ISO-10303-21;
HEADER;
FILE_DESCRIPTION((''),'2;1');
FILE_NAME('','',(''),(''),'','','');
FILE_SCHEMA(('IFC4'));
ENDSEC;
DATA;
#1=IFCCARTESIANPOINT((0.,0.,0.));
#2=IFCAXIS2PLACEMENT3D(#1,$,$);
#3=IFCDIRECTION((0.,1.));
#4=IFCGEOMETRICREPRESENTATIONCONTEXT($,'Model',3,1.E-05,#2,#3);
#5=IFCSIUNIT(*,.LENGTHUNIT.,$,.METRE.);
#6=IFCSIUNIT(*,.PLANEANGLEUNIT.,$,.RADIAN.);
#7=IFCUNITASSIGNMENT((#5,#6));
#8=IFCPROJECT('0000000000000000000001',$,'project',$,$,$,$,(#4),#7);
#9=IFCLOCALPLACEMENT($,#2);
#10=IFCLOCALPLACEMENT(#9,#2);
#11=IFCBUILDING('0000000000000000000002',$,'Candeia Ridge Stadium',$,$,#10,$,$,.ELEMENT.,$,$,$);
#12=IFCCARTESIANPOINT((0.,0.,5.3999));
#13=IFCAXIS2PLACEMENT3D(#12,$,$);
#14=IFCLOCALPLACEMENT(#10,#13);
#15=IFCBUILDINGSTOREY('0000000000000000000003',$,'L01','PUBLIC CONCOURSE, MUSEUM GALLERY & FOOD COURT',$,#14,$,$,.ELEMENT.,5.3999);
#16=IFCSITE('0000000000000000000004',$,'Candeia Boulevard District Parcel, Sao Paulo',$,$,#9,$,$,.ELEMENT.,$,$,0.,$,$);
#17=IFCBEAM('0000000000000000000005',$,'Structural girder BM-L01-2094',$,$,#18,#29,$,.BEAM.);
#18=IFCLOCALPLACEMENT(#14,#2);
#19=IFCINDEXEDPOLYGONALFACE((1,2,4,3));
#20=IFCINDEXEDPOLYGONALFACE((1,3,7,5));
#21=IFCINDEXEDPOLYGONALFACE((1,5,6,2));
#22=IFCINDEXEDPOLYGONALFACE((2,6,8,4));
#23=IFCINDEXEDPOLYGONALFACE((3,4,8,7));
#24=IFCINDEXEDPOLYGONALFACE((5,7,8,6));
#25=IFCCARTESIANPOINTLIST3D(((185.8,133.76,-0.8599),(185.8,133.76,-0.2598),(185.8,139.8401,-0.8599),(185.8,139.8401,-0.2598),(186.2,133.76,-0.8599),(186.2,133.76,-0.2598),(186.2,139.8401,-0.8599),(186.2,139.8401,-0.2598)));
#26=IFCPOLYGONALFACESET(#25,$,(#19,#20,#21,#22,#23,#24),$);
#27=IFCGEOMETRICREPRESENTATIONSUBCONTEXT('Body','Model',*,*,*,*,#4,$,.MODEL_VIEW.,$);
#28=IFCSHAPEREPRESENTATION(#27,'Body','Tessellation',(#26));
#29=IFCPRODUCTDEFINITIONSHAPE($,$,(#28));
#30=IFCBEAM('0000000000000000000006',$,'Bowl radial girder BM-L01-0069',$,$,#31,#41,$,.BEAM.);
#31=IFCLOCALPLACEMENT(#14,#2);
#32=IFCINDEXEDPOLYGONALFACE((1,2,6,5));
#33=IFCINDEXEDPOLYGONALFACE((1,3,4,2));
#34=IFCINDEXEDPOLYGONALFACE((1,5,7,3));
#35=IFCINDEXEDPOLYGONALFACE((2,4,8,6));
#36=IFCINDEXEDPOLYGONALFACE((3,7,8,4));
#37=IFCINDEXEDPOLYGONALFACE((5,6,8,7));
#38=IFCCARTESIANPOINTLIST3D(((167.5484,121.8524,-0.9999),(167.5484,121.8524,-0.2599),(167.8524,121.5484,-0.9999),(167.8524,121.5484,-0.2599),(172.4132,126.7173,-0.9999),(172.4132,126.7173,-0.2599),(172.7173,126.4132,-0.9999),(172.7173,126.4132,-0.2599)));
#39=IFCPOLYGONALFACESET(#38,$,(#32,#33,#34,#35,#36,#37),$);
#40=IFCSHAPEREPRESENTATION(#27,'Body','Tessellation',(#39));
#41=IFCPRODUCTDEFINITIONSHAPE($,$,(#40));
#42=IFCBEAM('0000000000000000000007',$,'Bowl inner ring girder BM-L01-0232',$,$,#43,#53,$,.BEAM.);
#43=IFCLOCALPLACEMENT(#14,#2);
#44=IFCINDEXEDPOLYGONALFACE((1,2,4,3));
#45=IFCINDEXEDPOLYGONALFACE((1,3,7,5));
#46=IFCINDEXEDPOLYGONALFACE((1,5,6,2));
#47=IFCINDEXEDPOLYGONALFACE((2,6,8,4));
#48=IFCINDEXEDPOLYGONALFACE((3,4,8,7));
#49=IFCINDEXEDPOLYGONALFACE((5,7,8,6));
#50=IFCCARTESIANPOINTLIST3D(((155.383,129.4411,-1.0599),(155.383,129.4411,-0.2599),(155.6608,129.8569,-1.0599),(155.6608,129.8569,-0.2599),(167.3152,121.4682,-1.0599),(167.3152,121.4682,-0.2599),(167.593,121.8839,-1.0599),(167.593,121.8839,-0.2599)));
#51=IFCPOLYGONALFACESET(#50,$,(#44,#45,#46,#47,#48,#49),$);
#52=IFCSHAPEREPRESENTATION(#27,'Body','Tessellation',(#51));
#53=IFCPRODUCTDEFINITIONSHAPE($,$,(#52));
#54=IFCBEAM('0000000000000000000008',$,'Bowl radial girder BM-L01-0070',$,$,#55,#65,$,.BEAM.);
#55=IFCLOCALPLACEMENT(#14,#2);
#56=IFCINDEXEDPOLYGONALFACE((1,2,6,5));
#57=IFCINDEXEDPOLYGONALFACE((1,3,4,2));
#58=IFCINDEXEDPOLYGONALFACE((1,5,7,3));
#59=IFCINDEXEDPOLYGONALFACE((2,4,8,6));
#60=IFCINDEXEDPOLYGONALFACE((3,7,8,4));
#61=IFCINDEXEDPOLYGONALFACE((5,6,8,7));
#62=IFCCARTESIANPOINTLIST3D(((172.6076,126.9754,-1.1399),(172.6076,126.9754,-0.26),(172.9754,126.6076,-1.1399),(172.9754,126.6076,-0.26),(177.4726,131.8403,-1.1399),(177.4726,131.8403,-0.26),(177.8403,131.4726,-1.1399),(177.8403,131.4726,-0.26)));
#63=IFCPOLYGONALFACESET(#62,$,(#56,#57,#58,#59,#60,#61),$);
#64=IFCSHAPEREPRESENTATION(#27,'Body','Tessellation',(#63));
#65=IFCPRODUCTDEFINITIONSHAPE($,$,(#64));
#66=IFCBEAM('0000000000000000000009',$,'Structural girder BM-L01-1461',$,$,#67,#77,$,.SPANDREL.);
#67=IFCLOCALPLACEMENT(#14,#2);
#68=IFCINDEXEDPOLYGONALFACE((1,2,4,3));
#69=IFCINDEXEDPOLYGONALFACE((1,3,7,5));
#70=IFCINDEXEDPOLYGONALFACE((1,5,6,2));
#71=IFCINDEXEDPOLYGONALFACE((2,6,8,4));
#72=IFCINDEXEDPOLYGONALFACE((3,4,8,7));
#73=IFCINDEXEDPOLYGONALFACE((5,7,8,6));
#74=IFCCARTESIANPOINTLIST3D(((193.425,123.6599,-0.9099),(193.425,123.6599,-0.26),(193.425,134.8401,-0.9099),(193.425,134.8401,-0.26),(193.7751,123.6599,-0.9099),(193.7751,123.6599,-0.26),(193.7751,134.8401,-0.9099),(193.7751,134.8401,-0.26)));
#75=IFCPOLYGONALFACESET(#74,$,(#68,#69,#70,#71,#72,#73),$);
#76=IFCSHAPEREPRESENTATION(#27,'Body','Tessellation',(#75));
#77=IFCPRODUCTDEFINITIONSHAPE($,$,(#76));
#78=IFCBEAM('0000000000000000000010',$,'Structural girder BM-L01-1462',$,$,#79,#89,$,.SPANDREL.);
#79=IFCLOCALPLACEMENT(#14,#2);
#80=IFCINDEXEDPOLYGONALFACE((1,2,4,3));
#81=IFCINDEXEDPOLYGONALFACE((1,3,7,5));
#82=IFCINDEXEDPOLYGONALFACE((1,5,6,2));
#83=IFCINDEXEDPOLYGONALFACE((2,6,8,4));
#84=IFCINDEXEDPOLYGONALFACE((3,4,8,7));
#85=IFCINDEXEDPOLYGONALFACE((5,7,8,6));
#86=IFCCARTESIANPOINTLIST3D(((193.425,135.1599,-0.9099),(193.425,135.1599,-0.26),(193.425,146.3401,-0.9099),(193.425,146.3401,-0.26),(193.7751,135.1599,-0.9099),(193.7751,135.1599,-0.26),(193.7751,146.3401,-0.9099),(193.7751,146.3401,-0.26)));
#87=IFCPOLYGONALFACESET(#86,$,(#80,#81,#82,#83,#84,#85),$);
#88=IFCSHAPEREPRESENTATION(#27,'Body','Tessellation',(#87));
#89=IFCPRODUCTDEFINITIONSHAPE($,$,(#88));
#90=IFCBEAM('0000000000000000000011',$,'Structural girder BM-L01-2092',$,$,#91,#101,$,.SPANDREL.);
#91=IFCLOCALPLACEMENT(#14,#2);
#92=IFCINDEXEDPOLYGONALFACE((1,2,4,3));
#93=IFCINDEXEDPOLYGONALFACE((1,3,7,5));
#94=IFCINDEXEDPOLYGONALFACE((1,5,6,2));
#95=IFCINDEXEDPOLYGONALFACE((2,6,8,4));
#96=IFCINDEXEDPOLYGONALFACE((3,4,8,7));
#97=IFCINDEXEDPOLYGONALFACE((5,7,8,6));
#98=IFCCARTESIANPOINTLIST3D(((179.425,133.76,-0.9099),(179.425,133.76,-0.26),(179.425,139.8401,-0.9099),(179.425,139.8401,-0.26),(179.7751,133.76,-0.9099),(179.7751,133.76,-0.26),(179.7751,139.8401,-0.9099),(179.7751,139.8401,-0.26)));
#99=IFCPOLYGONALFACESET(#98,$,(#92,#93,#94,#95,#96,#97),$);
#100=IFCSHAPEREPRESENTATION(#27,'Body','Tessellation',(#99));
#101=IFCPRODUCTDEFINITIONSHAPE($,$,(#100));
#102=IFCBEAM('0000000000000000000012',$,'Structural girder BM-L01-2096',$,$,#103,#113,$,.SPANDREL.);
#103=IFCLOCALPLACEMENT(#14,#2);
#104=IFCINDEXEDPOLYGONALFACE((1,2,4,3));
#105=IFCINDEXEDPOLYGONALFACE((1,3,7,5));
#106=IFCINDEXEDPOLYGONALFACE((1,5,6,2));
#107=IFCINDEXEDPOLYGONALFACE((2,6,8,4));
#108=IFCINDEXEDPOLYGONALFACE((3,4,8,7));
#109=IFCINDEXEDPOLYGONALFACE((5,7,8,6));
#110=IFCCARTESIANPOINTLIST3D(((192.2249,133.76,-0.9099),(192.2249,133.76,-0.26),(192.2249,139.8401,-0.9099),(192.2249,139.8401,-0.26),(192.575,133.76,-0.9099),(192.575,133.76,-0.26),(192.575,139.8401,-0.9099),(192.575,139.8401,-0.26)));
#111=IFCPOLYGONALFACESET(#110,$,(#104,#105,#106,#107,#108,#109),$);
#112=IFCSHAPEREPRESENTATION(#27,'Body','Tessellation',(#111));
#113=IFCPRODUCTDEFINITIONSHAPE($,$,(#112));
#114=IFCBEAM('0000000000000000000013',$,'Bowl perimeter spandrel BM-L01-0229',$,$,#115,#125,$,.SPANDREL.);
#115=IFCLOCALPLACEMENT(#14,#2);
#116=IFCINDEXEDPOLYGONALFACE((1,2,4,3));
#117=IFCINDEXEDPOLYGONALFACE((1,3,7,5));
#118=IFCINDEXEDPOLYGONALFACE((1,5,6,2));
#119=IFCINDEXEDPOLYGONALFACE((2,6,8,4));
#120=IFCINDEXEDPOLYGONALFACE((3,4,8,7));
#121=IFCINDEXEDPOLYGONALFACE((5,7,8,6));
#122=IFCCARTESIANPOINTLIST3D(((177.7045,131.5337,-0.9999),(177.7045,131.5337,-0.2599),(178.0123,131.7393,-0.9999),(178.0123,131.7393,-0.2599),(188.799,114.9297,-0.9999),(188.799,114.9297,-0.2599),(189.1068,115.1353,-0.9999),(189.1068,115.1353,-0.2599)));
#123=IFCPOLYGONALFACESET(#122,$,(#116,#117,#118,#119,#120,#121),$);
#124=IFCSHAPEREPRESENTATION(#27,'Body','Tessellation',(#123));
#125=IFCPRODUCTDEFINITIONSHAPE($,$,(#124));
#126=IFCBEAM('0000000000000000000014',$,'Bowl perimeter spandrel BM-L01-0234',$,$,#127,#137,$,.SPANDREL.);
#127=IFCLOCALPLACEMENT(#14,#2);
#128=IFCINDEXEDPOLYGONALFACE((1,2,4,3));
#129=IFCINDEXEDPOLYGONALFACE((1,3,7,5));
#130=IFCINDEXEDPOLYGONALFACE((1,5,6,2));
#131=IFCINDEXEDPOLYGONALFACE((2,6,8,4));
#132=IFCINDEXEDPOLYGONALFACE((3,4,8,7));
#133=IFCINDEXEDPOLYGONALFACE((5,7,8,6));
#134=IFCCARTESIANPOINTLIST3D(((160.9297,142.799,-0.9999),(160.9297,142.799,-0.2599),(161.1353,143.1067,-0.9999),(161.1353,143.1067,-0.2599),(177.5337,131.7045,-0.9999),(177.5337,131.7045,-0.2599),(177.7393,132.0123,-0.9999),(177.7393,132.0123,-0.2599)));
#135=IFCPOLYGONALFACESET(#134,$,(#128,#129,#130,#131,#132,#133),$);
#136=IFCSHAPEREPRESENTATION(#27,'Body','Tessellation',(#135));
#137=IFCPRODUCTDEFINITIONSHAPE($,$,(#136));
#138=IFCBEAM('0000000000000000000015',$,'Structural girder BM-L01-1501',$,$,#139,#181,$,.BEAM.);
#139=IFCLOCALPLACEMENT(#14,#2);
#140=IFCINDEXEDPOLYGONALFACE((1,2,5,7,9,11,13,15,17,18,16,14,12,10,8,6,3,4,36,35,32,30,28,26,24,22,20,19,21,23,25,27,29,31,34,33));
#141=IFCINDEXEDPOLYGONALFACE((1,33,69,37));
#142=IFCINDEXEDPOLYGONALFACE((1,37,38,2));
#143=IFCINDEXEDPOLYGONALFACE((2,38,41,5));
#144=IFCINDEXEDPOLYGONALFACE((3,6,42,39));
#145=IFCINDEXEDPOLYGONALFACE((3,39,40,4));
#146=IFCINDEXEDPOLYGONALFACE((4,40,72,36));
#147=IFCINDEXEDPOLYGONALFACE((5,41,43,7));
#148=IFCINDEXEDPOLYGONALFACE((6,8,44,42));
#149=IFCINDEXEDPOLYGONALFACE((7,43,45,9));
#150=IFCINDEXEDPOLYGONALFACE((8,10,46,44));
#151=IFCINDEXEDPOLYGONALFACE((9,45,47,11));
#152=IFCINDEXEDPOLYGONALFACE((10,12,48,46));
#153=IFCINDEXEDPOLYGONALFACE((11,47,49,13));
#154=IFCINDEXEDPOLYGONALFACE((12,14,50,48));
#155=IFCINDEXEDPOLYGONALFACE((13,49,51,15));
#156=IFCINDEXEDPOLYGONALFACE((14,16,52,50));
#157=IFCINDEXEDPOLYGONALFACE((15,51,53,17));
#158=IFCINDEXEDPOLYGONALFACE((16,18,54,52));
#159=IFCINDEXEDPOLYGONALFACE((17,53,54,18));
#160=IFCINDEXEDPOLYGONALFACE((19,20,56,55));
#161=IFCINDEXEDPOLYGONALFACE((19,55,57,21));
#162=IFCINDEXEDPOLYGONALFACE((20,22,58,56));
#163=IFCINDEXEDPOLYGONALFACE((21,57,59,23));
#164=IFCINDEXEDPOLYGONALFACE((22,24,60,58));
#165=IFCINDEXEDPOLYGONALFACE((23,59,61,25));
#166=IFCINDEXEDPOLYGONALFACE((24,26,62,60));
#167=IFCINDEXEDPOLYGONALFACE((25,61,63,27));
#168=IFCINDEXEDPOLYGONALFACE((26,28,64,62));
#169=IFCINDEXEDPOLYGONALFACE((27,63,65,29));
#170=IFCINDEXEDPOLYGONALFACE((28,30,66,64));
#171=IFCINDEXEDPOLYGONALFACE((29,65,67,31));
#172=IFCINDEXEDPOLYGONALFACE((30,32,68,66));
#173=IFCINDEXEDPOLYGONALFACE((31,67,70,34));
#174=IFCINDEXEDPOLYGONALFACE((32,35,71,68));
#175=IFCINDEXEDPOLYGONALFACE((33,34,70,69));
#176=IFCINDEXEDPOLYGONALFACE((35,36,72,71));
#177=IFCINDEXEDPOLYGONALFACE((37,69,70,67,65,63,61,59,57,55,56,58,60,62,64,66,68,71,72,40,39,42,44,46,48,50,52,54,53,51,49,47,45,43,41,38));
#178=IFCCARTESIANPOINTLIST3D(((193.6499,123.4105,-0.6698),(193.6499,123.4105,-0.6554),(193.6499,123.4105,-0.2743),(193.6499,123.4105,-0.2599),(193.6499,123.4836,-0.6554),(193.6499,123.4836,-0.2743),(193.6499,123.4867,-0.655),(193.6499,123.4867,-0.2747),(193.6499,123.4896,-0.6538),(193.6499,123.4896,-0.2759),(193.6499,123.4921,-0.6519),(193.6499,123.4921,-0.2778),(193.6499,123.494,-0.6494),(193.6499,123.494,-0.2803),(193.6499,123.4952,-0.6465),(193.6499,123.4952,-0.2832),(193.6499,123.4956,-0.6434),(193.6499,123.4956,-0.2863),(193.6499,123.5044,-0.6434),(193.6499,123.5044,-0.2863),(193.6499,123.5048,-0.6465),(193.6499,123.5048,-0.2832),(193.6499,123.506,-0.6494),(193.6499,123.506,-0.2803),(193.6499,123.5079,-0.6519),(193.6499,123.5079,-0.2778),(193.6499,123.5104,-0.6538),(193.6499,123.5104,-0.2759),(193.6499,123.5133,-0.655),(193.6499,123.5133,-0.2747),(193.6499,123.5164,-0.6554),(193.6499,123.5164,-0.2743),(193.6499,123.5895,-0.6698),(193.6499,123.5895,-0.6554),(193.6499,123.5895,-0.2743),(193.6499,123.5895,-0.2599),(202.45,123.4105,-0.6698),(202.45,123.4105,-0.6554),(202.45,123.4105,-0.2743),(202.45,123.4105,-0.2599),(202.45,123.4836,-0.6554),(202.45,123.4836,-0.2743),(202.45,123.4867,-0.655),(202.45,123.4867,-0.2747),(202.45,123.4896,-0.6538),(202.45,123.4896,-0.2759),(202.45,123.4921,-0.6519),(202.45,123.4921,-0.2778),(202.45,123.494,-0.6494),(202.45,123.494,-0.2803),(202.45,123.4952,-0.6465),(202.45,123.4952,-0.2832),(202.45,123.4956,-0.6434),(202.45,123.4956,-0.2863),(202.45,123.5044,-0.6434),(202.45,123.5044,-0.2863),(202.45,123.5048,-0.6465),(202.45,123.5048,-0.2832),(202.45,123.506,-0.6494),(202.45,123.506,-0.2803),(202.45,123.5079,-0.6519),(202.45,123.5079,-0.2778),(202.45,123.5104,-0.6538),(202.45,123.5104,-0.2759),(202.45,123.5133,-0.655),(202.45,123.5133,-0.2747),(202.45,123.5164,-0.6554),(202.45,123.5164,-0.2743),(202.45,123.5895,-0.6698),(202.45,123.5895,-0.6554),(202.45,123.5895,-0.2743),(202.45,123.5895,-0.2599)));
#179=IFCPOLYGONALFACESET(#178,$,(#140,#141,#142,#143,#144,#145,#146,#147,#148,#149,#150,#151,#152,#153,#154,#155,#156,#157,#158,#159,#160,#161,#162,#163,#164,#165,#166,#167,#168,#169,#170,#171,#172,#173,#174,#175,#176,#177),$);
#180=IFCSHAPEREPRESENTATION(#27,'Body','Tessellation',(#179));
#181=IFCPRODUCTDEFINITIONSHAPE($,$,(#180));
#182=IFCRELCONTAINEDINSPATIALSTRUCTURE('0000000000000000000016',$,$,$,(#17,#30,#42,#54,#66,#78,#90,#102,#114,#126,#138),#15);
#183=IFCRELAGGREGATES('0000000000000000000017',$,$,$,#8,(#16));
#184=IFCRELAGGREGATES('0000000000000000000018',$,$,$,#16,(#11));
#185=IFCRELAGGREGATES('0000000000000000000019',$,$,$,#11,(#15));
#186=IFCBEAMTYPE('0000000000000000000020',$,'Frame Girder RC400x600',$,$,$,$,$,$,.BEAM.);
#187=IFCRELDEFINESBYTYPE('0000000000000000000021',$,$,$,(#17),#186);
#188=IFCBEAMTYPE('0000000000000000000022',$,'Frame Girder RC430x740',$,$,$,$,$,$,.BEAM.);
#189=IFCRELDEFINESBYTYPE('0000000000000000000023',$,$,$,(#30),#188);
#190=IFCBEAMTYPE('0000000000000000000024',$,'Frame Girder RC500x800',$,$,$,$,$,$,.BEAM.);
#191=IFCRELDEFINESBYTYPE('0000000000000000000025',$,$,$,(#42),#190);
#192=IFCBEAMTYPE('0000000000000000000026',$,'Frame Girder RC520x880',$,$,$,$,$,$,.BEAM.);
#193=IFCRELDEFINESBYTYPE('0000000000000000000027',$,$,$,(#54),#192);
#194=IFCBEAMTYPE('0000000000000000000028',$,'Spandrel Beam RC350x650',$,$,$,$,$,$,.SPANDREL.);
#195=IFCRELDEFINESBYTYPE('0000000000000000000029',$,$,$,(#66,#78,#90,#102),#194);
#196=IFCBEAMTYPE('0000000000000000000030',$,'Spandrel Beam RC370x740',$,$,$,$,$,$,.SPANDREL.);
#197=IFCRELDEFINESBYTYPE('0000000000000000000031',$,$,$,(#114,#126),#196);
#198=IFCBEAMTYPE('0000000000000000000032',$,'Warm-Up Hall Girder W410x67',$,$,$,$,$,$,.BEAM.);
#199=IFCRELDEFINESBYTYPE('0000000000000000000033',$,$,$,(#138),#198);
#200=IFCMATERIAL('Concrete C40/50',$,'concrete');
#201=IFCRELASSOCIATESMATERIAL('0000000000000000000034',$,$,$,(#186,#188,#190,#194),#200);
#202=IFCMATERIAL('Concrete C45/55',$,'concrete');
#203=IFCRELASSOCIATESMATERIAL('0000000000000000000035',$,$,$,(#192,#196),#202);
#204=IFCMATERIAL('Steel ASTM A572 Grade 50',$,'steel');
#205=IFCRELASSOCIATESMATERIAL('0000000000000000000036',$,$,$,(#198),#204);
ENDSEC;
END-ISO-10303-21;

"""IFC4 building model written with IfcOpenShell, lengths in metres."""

from ifc_helpers import new_model, si_unit, direction, frame, origin, origin_2d, place, context, subcontext, project, spatial, rectangle, i_section, extrude, material, material_profile, profile_set, type_object, element, save


model = new_model("IFC4")

# Units and contexts
model_context = context("Model", 3, precision=1e-05, world=origin(), true_north=direction((0.0, 1.0)))
body_context = subcontext(model_context, "Body", "Model", "MODEL_VIEW")
ifc_project = project(units=[si_unit("LENGTHUNIT", "METRE"), si_unit("PLANEANGLEUNIT", "RADIAN")], contexts=[model_context])

# Site, building, storey
site_placement = place(None, origin())
site = spatial("IfcSite", under=ifc_project, at=site_placement, Name="Candeia Boulevard District Parcel, Sao Paulo", CompositionType="ELEMENT", RefElevation=0.0)
building_placement = place(site_placement, origin())
building = spatial("IfcBuilding", under=site, at=building_placement, Name="Candeia Ridge Stadium", CompositionType="ELEMENT")
storey_placement = place(building_placement, frame((0.0, 0.0, 5.3999)))
storey = spatial("IfcBuildingStorey", under=building, at=storey_placement, Name="L01", Description="PUBLIC CONCOURSE, MUSEUM GALLERY & FOOD COURT", CompositionType="ELEMENT", Elevation=5.3999)

# Shared definitions
ifc_material_1 = material(Name="Concrete C45/55", Category="concrete")
ifc_material_2 = material(Name="Concrete C40/50", Category="concrete")

# Beams
ifc_material_profile_1 = material_profile(ifc_material_2, rectangle(XDim=0.3999, YDim=0.6001, at=origin_2d()), Name="RC400x600", Category="concrete")
ifc_profile_set_1 = profile_set([ifc_material_profile_1], Name="Concrete C40/50")
beam_type_1 = type_object("IfcBeamType", Name="Frame Girder RC400x600", PredefinedType="BEAM", material=ifc_profile_set_1)
beam_1_placement = place(storey_placement, frame((186.0, 133.76, -0.5598), z_axis=(0.0, 1.0, 0.0), x_axis=(-1.0, 0.0, 0.0)))
element("IfcBeam", 1, at=beam_1_placement, inside=storey, type_object=beam_type_1, Name="Structural girder BM-L01-2094", PredefinedType="BEAM", context=body_context, shape_type="SweptSolid", body=[
    extrude(rectangle(XDim=0.3999, YDim=0.6001, at=origin_2d()), origin(), (0.0, 0.0, 1.0), 6.0801),
])
ifc_material_profile_2 = material_profile(ifc_material_2, rectangle(XDim=0.4299, YDim=0.74, at=origin_2d()), Name="RC430x740", Category="concrete")
ifc_profile_set_2 = profile_set([ifc_material_profile_2], Name="Concrete C40/50")
beam_type_2 = type_object("IfcBeamType", Name="Frame Girder RC430x740", PredefinedType="BEAM", material=ifc_profile_set_2)
beam_2_placement = place(storey_placement, frame((167.7004, 121.7004, -0.6299), z_axis=(0.707107, 0.707107, 0.0), x_axis=(-0.707107, 0.707107, 0.0)))
element("IfcBeam", 2, at=beam_2_placement, inside=storey, type_object=beam_type_2, Name="Bowl radial girder BM-L01-0069", PredefinedType="BEAM", context=body_context, shape_type="SweptSolid", body=[
    extrude(rectangle(XDim=0.4299, YDim=0.74, at=origin_2d()), origin(), (0.0, 0.0, 1.0), 6.8799),
])
ifc_material_profile_3 = material_profile(ifc_material_2, rectangle(XDim=0.5, YDim=0.8, at=origin_2d()), Name="RC500x800", Category="concrete")
ifc_profile_set_3 = profile_set([ifc_material_profile_3], Name="Concrete C40/50")
beam_type_3 = type_object("IfcBeamType", Name="Frame Girder RC500x800", PredefinedType="BEAM", material=ifc_profile_set_3)
beam_3_placement = place(storey_placement, frame((167.4541, 121.676, -0.6599), z_axis=(-0.831466, 0.555575, 0.0), x_axis=(-0.555575, -0.831466, 0.0)))
element("IfcBeam", 3, at=beam_3_placement, inside=storey, type_object=beam_type_3, Name="Bowl inner ring girder BM-L01-0232", PredefinedType="BEAM", context=body_context, shape_type="SweptSolid", body=[
    extrude(rectangle(XDim=0.5, YDim=0.8, at=origin_2d()), origin(), (0.0, 0.0, 1.0), 14.3508),
])
ifc_material_profile_4 = material_profile(ifc_material_1, rectangle(XDim=0.52, YDim=0.8799, at=origin_2d()), Name="RC520x880", Category="concrete")
ifc_profile_set_4 = profile_set([ifc_material_profile_4], Name="Concrete C45/55")
beam_type_4 = type_object("IfcBeamType", Name="Frame Girder RC520x880", PredefinedType="BEAM", material=ifc_profile_set_4)
beam_4_placement = place(storey_placement, frame((172.7915, 126.7915, -0.7), z_axis=(0.707107, 0.707107, 0.0), x_axis=(-0.707107, 0.707107, 0.0)))
element("IfcBeam", 4, at=beam_4_placement, inside=storey, type_object=beam_type_4, Name="Bowl radial girder BM-L01-0070", PredefinedType="BEAM", context=body_context, shape_type="SweptSolid", body=[
    extrude(rectangle(XDim=0.52, YDim=0.8799, at=origin_2d()), origin(), (0.0, 0.0, 1.0), 6.8801),
])
ifc_material_profile_5 = material_profile(ifc_material_2, rectangle(XDim=0.3501, YDim=0.6499, at=origin_2d()), Name="RC350x650", Category="concrete")
ifc_profile_set_5 = profile_set([ifc_material_profile_5], Name="Concrete C40/50")
beam_type_5 = type_object("IfcBeamType", Name="Spandrel Beam RC350x650", PredefinedType="SPANDREL", material=ifc_profile_set_5)
for number, where, z_axis, x_axis, name in (
    (5, (193.6001, 123.6599, -0.585), (0.0, 1.0, 0.0), (-1.0, 0.0, 0.0), "Structural girder BM-L01-1461"),
    (6, (193.6001, 135.1599, -0.585), (0.0, 1.0, 0.0), (-1.0, 0.0, 0.0), "Structural girder BM-L01-1462"),
):
    element("IfcBeam", number, at=place(storey_placement, frame(where, z_axis=z_axis, x_axis=x_axis)), inside=storey, type_object=beam_type_5, Name=name, PredefinedType="SPANDREL", context=body_context, shape_type="SweptSolid", body=[
        extrude(rectangle(XDim=0.3501, YDim=0.6499, at=origin_2d()), origin(), (0.0, 0.0, 1.0), 11.1802),
    ])
for number, where, z_axis, x_axis, name in (
    (7, (179.6001, 133.76, -0.585), (0.0, 1.0, 0.0), (-1.0, 0.0, 0.0), "Structural girder BM-L01-2092"),
    (8, (192.3999, 133.76, -0.585), (0.0, 1.0, 0.0), (-1.0, 0.0, 0.0), "Structural girder BM-L01-2096"),
):
    element("IfcBeam", number, at=place(storey_placement, frame(where, z_axis=z_axis, x_axis=x_axis)), inside=storey, type_object=beam_type_5, Name=name, PredefinedType="SPANDREL", context=body_context, shape_type="SweptSolid", body=[
        extrude(rectangle(XDim=0.3501, YDim=0.6499, at=origin_2d()), origin(), (0.0, 0.0, 1.0), 6.0801),
    ])
ifc_material_profile_6 = material_profile(ifc_material_1, rectangle(XDim=0.3701, YDim=0.74, at=origin_2d()), Name="RC370x740", Category="concrete")
ifc_profile_set_6 = profile_set([ifc_material_profile_6], Name="Concrete C45/55")
beam_type_6 = type_object("IfcBeamType", Name="Spandrel Beam RC370x740", PredefinedType="SPANDREL", material=ifc_profile_set_6)
for number, where, z_axis, x_axis, name in (
    (9, (188.9529, 115.0325, -0.6299), (-0.555572, 0.831469, 0.0), (-0.831469, -0.555572, 0.0), "Bowl perimeter spandrel BM-L01-0229"),
    (10, (177.6365, 131.8584, -0.6299), (-0.831469, 0.555572, 0.0), (-0.555572, -0.831469, 0.0), "Bowl perimeter spandrel BM-L01-0234"),
):
    element("IfcBeam", number, at=place(storey_placement, frame(where, z_axis=z_axis, x_axis=x_axis)), inside=storey, type_object=beam_type_6, Name=name, PredefinedType="SPANDREL", context=body_context, shape_type="SweptSolid", body=[
        extrude(rectangle(XDim=0.3701, YDim=0.74, at=origin_2d()), origin(), (0.0, 0.0, 1.0), 19.9695),
    ])
ifc_material_3 = material(Name="Steel ASTM A572 Grade 50", Category="steel")
ifc_material_profile_7 = material_profile(ifc_material_3, i_section(OverallWidth=0.179, OverallDepth=0.4099, WebThickness=0.0088, FlangeThickness=0.0144, FilletRadius=0.012, at=origin_2d()), Name="W410x67", Category="steel")
ifc_profile_set_7 = profile_set([ifc_material_profile_7], Name="Steel ASTM A572 Grade 50")
beam_type_7 = type_object("IfcBeamType", Name="Warm-Up Hall Girder W410x67", PredefinedType="BEAM", material=ifc_profile_set_7)
for number, where, z_axis, x_axis, name in (
    (11, (193.6499, 123.5, -0.4648), (1.0, 0.0, 0.0), (0.0, 1.0, 0.0), "Structural girder BM-L01-1501"),
):
    element("IfcBeam", number, at=place(storey_placement, frame(where, z_axis=z_axis, x_axis=x_axis)), inside=storey, type_object=beam_type_7, Name=name, PredefinedType="BEAM", context=body_context, shape_type="SweptSolid", body=[
        extrude(i_section(OverallWidth=0.179, OverallDepth=0.4099, WebThickness=0.0088, FlangeThickness=0.0144, FilletRadius=0.012, at=origin_2d()), origin(), (0.0, 0.0, 1.0), 8.8),
    ])

save(model, "model.ifc")
